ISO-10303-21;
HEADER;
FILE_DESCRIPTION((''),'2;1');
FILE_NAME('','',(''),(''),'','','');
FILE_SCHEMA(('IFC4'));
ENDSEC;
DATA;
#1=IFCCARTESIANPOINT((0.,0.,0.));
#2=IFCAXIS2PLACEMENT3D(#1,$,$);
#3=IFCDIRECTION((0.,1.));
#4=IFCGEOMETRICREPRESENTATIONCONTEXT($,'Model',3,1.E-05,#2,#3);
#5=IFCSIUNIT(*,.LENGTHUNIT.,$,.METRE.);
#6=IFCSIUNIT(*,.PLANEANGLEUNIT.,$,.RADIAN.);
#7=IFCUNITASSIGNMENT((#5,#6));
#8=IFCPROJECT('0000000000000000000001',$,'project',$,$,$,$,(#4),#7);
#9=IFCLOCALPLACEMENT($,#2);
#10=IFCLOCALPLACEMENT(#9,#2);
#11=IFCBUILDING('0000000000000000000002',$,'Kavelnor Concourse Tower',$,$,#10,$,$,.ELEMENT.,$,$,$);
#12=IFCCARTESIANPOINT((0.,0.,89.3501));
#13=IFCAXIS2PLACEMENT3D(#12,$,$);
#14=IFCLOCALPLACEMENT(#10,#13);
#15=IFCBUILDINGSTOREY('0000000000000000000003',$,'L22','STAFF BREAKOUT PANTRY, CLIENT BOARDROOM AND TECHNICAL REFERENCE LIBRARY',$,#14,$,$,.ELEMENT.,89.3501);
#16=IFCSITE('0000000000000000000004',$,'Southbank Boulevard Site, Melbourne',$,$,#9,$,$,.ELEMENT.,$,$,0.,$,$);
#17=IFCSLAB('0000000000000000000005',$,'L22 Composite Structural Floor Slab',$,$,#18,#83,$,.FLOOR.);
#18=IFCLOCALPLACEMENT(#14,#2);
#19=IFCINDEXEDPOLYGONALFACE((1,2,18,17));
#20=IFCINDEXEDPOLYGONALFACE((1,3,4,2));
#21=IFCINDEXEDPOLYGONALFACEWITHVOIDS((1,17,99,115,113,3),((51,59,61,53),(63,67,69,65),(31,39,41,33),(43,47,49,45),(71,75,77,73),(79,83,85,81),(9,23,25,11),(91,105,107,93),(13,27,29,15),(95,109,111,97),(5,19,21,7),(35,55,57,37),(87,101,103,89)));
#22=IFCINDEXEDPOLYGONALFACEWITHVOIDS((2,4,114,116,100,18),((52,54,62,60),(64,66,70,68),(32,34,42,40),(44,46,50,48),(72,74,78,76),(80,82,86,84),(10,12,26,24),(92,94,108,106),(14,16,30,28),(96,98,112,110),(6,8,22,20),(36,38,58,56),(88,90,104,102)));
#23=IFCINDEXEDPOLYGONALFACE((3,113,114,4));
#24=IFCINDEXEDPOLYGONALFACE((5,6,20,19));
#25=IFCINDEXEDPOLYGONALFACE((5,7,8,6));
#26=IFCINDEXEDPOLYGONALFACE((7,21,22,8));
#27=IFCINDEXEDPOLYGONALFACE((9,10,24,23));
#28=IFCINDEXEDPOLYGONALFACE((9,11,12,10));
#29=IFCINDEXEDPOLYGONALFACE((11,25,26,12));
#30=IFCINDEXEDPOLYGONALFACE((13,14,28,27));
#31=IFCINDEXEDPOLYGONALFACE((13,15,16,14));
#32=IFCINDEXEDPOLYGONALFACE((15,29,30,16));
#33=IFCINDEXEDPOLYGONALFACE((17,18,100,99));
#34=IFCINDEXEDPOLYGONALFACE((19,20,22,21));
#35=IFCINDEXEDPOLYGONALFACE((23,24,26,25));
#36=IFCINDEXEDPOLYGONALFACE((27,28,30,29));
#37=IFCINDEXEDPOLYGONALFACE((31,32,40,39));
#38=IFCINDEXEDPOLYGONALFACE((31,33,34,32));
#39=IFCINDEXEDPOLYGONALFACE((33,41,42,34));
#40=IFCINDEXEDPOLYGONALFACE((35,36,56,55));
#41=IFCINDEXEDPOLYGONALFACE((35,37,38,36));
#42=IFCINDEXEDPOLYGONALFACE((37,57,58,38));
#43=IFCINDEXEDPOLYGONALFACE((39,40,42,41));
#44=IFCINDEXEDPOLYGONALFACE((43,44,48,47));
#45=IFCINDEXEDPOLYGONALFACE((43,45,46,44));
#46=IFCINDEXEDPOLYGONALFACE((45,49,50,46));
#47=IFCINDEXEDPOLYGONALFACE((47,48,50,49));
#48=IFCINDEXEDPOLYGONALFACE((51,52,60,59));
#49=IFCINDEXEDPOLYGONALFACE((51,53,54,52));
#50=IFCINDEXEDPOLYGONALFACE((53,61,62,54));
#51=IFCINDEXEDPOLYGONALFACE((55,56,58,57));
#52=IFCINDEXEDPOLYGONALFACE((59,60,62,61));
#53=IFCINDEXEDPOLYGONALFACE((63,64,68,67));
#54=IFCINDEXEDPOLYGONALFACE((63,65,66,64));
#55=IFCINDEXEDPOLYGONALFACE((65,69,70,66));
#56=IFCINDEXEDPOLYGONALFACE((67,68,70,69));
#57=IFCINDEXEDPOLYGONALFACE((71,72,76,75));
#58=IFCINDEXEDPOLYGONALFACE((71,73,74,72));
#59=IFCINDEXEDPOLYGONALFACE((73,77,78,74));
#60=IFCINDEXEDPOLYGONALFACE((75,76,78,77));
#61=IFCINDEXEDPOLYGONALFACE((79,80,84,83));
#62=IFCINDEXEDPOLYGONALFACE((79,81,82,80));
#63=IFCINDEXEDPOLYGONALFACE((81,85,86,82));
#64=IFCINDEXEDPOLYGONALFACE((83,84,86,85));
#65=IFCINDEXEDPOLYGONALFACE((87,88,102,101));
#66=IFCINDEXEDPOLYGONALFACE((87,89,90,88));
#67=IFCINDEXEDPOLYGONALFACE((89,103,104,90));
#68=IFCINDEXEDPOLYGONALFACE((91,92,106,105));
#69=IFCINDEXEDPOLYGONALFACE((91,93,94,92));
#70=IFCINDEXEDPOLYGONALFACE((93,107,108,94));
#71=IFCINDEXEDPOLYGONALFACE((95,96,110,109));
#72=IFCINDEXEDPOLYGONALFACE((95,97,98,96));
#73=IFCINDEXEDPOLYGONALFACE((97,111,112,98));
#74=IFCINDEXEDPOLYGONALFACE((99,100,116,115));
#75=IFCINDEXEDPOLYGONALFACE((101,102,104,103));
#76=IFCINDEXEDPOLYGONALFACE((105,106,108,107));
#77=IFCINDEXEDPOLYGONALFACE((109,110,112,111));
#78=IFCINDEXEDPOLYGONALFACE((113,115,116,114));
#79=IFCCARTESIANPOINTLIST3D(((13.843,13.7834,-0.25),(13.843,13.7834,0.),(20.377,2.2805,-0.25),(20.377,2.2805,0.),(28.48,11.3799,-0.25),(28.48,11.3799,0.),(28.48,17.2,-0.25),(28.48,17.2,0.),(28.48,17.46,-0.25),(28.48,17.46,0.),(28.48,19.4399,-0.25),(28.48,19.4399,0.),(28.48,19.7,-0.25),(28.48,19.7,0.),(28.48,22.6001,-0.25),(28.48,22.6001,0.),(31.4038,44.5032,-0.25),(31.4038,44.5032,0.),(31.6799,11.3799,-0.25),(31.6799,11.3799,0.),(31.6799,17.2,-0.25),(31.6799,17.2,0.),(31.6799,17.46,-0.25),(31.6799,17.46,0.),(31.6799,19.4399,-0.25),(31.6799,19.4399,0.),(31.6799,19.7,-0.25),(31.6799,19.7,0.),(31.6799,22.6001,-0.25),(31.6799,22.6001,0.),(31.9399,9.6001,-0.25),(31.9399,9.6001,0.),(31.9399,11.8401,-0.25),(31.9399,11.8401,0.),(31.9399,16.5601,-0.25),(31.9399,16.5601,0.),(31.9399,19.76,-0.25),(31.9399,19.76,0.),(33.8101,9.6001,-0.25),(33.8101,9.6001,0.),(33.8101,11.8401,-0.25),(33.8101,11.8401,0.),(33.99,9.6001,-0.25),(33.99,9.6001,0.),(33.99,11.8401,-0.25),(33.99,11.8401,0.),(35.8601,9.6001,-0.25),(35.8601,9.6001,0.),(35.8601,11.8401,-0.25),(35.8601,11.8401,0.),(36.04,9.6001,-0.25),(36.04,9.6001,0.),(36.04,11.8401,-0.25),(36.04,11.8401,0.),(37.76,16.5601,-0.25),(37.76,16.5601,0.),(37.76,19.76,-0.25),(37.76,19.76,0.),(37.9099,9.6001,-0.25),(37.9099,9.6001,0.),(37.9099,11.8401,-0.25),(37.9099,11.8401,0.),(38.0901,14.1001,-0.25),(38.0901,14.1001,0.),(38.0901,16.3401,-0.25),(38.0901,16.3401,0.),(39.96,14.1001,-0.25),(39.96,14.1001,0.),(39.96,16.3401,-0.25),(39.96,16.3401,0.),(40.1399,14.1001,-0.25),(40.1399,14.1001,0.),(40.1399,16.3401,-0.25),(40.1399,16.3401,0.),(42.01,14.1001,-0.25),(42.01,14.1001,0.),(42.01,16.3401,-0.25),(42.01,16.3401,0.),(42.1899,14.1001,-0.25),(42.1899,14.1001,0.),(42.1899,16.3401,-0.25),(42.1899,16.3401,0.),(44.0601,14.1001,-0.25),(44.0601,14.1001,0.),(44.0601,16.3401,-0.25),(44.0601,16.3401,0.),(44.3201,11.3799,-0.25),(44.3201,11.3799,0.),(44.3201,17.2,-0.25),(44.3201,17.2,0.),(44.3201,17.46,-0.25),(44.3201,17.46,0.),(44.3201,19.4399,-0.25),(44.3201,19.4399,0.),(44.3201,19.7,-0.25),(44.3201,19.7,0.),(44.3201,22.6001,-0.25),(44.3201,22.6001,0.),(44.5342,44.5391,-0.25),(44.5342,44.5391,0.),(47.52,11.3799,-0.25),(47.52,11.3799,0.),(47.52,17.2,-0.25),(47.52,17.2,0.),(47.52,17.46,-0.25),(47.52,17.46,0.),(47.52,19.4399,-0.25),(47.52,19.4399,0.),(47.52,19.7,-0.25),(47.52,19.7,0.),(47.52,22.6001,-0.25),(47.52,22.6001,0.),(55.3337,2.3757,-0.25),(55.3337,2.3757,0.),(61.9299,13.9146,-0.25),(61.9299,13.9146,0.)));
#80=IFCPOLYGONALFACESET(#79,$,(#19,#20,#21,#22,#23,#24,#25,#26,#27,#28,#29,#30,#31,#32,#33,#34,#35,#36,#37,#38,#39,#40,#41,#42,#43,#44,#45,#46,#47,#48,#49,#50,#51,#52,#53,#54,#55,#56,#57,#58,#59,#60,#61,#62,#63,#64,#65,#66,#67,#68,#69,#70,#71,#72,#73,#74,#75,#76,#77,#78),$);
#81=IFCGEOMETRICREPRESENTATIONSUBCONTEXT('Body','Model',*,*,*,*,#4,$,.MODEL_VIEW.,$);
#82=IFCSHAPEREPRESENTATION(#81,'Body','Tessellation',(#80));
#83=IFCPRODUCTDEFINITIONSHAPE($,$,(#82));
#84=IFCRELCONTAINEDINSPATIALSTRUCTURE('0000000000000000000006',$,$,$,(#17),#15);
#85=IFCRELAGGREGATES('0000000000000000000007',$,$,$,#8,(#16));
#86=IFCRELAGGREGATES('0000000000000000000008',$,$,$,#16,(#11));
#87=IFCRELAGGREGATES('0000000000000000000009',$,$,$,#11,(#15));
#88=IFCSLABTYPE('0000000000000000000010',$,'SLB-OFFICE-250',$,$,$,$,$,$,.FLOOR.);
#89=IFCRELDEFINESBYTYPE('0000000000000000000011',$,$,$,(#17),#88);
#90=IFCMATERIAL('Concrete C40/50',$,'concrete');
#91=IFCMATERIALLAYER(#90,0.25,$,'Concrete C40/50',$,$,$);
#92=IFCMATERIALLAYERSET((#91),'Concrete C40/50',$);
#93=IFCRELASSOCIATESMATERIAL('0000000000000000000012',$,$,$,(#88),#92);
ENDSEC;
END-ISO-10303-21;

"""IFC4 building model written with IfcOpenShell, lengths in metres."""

from ifc_helpers import new_model, si_unit, direction, frame, origin, place, context, subcontext, project, spatial, polyline, outline, extrude, material, layer, layer_set, type_object, element, save


model = new_model("IFC4")

# Units and contexts
model_context = context("Model", 3, precision=1e-05, world=origin(), true_north=direction((0.0, 1.0)))
body_context = subcontext(model_context, "Body", "Model", "MODEL_VIEW")
ifc_project = project(units=[si_unit("LENGTHUNIT", "METRE"), si_unit("PLANEANGLEUNIT", "RADIAN")], contexts=[model_context])

# Site, building, storey
site_placement = place(None, origin())
site = spatial("IfcSite", under=ifc_project, at=site_placement, Name="Southbank Boulevard Site, Melbourne", CompositionType="ELEMENT", RefElevation=0.0)
building_placement = place(site_placement, origin())
building = spatial("IfcBuilding", under=site, at=building_placement, Name="Kavelnor Concourse Tower", CompositionType="ELEMENT")
storey_placement = place(building_placement, frame((0.0, 0.0, 89.3501)))
storey = spatial("IfcBuildingStorey", under=building, at=storey_placement, Name="L22", Description="STAFF BREAKOUT PANTRY, CLIENT BOARDROOM AND TECHNICAL REFERENCE LIBRARY", CompositionType="ELEMENT", Elevation=89.3501)

# Shared definitions
ifc_material_1 = material(Name="Concrete C40/50", Category="concrete")

# Slab
ifc_layer_1 = layer(ifc_material_1, 0.25, Name="Concrete C40/50")
ifc_layer_set_1 = layer_set([ifc_layer_1], Name="Concrete C40/50")
slab_type_1 = type_object("IfcSlabType", Name="SLB-OFFICE-250", PredefinedType="FLOOR", material=ifc_layer_set_1)
slab_1_placement = place(storey_placement, frame((0.0, 0.0, -0.25)))
element("IfcSlab", 1, at=slab_1_placement, inside=storey, type_object=slab_type_1, Name="L22 Composite Structural Floor Slab", PredefinedType="FLOOR", context=body_context, shape_type="SweptSolid", body=[
    extrude(outline(polyline([(44.5342, 44.5391), (31.4038, 44.5032), (13.843, 13.7834), (20.377, 2.2805), (55.3337, 2.3757), (61.9299, 13.9146), (44.5342, 44.5391)]), holes=[polyline([(28.48, 11.3799), (31.6799, 11.3799), (31.6799, 17.2), (28.48, 17.2), (28.48, 11.3799)]), polyline([(44.3201, 11.3799), (47.52, 11.3799), (47.52, 17.2), (44.3201, 17.2), (44.3201, 11.3799)]), polyline([(31.9399, 16.5601), (37.76, 16.5601), (37.76, 19.76), (31.9399, 19.76), (31.9399, 16.5601)]), polyline([(28.48, 19.7), (31.6799, 19.7), (31.6799, 22.6001), (28.48, 22.6001), (28.48, 19.7)]), polyline([(44.3201, 19.7), (47.52, 19.7), (47.52, 22.6001), (44.3201, 22.6001), (44.3201, 19.7)]), polyline([(38.0901, 14.1001), (39.96, 14.1001), (39.96, 16.3401), (38.0901, 16.3401), (38.0901, 14.1001)]), polyline([(40.1399, 14.1001), (42.01, 14.1001), (42.01, 16.3401), (40.1399, 16.3401), (40.1399, 14.1001)]), polyline([(42.1899, 14.1001), (44.0601, 14.1001), (44.0601, 16.3401), (42.1899, 16.3401), (42.1899, 14.1001)]), polyline([(31.9399, 9.6001), (33.8101, 9.6001), (33.8101, 11.8401), (31.9399, 11.8401), (31.9399, 9.6001)]), polyline([(33.99, 9.6001), (35.8601, 9.6001), (35.8601, 11.8401), (33.99, 11.8401), (33.99, 9.6001)]), polyline([(36.04, 9.6001), (37.9099, 9.6001), (37.9099, 11.8401), (36.04, 11.8401), (36.04, 9.6001)]), polyline([(28.48, 17.46), (31.6799, 17.46), (31.6799, 19.4399), (28.48, 19.4399), (28.48, 17.46)]), polyline([(44.3201, 17.46), (47.52, 17.46), (47.52, 19.4399), (44.3201, 19.4399), (44.3201, 17.46)])]), origin(), (0.0, 0.0, 1.0), 0.25),
])

save(model, "model.ifc")
